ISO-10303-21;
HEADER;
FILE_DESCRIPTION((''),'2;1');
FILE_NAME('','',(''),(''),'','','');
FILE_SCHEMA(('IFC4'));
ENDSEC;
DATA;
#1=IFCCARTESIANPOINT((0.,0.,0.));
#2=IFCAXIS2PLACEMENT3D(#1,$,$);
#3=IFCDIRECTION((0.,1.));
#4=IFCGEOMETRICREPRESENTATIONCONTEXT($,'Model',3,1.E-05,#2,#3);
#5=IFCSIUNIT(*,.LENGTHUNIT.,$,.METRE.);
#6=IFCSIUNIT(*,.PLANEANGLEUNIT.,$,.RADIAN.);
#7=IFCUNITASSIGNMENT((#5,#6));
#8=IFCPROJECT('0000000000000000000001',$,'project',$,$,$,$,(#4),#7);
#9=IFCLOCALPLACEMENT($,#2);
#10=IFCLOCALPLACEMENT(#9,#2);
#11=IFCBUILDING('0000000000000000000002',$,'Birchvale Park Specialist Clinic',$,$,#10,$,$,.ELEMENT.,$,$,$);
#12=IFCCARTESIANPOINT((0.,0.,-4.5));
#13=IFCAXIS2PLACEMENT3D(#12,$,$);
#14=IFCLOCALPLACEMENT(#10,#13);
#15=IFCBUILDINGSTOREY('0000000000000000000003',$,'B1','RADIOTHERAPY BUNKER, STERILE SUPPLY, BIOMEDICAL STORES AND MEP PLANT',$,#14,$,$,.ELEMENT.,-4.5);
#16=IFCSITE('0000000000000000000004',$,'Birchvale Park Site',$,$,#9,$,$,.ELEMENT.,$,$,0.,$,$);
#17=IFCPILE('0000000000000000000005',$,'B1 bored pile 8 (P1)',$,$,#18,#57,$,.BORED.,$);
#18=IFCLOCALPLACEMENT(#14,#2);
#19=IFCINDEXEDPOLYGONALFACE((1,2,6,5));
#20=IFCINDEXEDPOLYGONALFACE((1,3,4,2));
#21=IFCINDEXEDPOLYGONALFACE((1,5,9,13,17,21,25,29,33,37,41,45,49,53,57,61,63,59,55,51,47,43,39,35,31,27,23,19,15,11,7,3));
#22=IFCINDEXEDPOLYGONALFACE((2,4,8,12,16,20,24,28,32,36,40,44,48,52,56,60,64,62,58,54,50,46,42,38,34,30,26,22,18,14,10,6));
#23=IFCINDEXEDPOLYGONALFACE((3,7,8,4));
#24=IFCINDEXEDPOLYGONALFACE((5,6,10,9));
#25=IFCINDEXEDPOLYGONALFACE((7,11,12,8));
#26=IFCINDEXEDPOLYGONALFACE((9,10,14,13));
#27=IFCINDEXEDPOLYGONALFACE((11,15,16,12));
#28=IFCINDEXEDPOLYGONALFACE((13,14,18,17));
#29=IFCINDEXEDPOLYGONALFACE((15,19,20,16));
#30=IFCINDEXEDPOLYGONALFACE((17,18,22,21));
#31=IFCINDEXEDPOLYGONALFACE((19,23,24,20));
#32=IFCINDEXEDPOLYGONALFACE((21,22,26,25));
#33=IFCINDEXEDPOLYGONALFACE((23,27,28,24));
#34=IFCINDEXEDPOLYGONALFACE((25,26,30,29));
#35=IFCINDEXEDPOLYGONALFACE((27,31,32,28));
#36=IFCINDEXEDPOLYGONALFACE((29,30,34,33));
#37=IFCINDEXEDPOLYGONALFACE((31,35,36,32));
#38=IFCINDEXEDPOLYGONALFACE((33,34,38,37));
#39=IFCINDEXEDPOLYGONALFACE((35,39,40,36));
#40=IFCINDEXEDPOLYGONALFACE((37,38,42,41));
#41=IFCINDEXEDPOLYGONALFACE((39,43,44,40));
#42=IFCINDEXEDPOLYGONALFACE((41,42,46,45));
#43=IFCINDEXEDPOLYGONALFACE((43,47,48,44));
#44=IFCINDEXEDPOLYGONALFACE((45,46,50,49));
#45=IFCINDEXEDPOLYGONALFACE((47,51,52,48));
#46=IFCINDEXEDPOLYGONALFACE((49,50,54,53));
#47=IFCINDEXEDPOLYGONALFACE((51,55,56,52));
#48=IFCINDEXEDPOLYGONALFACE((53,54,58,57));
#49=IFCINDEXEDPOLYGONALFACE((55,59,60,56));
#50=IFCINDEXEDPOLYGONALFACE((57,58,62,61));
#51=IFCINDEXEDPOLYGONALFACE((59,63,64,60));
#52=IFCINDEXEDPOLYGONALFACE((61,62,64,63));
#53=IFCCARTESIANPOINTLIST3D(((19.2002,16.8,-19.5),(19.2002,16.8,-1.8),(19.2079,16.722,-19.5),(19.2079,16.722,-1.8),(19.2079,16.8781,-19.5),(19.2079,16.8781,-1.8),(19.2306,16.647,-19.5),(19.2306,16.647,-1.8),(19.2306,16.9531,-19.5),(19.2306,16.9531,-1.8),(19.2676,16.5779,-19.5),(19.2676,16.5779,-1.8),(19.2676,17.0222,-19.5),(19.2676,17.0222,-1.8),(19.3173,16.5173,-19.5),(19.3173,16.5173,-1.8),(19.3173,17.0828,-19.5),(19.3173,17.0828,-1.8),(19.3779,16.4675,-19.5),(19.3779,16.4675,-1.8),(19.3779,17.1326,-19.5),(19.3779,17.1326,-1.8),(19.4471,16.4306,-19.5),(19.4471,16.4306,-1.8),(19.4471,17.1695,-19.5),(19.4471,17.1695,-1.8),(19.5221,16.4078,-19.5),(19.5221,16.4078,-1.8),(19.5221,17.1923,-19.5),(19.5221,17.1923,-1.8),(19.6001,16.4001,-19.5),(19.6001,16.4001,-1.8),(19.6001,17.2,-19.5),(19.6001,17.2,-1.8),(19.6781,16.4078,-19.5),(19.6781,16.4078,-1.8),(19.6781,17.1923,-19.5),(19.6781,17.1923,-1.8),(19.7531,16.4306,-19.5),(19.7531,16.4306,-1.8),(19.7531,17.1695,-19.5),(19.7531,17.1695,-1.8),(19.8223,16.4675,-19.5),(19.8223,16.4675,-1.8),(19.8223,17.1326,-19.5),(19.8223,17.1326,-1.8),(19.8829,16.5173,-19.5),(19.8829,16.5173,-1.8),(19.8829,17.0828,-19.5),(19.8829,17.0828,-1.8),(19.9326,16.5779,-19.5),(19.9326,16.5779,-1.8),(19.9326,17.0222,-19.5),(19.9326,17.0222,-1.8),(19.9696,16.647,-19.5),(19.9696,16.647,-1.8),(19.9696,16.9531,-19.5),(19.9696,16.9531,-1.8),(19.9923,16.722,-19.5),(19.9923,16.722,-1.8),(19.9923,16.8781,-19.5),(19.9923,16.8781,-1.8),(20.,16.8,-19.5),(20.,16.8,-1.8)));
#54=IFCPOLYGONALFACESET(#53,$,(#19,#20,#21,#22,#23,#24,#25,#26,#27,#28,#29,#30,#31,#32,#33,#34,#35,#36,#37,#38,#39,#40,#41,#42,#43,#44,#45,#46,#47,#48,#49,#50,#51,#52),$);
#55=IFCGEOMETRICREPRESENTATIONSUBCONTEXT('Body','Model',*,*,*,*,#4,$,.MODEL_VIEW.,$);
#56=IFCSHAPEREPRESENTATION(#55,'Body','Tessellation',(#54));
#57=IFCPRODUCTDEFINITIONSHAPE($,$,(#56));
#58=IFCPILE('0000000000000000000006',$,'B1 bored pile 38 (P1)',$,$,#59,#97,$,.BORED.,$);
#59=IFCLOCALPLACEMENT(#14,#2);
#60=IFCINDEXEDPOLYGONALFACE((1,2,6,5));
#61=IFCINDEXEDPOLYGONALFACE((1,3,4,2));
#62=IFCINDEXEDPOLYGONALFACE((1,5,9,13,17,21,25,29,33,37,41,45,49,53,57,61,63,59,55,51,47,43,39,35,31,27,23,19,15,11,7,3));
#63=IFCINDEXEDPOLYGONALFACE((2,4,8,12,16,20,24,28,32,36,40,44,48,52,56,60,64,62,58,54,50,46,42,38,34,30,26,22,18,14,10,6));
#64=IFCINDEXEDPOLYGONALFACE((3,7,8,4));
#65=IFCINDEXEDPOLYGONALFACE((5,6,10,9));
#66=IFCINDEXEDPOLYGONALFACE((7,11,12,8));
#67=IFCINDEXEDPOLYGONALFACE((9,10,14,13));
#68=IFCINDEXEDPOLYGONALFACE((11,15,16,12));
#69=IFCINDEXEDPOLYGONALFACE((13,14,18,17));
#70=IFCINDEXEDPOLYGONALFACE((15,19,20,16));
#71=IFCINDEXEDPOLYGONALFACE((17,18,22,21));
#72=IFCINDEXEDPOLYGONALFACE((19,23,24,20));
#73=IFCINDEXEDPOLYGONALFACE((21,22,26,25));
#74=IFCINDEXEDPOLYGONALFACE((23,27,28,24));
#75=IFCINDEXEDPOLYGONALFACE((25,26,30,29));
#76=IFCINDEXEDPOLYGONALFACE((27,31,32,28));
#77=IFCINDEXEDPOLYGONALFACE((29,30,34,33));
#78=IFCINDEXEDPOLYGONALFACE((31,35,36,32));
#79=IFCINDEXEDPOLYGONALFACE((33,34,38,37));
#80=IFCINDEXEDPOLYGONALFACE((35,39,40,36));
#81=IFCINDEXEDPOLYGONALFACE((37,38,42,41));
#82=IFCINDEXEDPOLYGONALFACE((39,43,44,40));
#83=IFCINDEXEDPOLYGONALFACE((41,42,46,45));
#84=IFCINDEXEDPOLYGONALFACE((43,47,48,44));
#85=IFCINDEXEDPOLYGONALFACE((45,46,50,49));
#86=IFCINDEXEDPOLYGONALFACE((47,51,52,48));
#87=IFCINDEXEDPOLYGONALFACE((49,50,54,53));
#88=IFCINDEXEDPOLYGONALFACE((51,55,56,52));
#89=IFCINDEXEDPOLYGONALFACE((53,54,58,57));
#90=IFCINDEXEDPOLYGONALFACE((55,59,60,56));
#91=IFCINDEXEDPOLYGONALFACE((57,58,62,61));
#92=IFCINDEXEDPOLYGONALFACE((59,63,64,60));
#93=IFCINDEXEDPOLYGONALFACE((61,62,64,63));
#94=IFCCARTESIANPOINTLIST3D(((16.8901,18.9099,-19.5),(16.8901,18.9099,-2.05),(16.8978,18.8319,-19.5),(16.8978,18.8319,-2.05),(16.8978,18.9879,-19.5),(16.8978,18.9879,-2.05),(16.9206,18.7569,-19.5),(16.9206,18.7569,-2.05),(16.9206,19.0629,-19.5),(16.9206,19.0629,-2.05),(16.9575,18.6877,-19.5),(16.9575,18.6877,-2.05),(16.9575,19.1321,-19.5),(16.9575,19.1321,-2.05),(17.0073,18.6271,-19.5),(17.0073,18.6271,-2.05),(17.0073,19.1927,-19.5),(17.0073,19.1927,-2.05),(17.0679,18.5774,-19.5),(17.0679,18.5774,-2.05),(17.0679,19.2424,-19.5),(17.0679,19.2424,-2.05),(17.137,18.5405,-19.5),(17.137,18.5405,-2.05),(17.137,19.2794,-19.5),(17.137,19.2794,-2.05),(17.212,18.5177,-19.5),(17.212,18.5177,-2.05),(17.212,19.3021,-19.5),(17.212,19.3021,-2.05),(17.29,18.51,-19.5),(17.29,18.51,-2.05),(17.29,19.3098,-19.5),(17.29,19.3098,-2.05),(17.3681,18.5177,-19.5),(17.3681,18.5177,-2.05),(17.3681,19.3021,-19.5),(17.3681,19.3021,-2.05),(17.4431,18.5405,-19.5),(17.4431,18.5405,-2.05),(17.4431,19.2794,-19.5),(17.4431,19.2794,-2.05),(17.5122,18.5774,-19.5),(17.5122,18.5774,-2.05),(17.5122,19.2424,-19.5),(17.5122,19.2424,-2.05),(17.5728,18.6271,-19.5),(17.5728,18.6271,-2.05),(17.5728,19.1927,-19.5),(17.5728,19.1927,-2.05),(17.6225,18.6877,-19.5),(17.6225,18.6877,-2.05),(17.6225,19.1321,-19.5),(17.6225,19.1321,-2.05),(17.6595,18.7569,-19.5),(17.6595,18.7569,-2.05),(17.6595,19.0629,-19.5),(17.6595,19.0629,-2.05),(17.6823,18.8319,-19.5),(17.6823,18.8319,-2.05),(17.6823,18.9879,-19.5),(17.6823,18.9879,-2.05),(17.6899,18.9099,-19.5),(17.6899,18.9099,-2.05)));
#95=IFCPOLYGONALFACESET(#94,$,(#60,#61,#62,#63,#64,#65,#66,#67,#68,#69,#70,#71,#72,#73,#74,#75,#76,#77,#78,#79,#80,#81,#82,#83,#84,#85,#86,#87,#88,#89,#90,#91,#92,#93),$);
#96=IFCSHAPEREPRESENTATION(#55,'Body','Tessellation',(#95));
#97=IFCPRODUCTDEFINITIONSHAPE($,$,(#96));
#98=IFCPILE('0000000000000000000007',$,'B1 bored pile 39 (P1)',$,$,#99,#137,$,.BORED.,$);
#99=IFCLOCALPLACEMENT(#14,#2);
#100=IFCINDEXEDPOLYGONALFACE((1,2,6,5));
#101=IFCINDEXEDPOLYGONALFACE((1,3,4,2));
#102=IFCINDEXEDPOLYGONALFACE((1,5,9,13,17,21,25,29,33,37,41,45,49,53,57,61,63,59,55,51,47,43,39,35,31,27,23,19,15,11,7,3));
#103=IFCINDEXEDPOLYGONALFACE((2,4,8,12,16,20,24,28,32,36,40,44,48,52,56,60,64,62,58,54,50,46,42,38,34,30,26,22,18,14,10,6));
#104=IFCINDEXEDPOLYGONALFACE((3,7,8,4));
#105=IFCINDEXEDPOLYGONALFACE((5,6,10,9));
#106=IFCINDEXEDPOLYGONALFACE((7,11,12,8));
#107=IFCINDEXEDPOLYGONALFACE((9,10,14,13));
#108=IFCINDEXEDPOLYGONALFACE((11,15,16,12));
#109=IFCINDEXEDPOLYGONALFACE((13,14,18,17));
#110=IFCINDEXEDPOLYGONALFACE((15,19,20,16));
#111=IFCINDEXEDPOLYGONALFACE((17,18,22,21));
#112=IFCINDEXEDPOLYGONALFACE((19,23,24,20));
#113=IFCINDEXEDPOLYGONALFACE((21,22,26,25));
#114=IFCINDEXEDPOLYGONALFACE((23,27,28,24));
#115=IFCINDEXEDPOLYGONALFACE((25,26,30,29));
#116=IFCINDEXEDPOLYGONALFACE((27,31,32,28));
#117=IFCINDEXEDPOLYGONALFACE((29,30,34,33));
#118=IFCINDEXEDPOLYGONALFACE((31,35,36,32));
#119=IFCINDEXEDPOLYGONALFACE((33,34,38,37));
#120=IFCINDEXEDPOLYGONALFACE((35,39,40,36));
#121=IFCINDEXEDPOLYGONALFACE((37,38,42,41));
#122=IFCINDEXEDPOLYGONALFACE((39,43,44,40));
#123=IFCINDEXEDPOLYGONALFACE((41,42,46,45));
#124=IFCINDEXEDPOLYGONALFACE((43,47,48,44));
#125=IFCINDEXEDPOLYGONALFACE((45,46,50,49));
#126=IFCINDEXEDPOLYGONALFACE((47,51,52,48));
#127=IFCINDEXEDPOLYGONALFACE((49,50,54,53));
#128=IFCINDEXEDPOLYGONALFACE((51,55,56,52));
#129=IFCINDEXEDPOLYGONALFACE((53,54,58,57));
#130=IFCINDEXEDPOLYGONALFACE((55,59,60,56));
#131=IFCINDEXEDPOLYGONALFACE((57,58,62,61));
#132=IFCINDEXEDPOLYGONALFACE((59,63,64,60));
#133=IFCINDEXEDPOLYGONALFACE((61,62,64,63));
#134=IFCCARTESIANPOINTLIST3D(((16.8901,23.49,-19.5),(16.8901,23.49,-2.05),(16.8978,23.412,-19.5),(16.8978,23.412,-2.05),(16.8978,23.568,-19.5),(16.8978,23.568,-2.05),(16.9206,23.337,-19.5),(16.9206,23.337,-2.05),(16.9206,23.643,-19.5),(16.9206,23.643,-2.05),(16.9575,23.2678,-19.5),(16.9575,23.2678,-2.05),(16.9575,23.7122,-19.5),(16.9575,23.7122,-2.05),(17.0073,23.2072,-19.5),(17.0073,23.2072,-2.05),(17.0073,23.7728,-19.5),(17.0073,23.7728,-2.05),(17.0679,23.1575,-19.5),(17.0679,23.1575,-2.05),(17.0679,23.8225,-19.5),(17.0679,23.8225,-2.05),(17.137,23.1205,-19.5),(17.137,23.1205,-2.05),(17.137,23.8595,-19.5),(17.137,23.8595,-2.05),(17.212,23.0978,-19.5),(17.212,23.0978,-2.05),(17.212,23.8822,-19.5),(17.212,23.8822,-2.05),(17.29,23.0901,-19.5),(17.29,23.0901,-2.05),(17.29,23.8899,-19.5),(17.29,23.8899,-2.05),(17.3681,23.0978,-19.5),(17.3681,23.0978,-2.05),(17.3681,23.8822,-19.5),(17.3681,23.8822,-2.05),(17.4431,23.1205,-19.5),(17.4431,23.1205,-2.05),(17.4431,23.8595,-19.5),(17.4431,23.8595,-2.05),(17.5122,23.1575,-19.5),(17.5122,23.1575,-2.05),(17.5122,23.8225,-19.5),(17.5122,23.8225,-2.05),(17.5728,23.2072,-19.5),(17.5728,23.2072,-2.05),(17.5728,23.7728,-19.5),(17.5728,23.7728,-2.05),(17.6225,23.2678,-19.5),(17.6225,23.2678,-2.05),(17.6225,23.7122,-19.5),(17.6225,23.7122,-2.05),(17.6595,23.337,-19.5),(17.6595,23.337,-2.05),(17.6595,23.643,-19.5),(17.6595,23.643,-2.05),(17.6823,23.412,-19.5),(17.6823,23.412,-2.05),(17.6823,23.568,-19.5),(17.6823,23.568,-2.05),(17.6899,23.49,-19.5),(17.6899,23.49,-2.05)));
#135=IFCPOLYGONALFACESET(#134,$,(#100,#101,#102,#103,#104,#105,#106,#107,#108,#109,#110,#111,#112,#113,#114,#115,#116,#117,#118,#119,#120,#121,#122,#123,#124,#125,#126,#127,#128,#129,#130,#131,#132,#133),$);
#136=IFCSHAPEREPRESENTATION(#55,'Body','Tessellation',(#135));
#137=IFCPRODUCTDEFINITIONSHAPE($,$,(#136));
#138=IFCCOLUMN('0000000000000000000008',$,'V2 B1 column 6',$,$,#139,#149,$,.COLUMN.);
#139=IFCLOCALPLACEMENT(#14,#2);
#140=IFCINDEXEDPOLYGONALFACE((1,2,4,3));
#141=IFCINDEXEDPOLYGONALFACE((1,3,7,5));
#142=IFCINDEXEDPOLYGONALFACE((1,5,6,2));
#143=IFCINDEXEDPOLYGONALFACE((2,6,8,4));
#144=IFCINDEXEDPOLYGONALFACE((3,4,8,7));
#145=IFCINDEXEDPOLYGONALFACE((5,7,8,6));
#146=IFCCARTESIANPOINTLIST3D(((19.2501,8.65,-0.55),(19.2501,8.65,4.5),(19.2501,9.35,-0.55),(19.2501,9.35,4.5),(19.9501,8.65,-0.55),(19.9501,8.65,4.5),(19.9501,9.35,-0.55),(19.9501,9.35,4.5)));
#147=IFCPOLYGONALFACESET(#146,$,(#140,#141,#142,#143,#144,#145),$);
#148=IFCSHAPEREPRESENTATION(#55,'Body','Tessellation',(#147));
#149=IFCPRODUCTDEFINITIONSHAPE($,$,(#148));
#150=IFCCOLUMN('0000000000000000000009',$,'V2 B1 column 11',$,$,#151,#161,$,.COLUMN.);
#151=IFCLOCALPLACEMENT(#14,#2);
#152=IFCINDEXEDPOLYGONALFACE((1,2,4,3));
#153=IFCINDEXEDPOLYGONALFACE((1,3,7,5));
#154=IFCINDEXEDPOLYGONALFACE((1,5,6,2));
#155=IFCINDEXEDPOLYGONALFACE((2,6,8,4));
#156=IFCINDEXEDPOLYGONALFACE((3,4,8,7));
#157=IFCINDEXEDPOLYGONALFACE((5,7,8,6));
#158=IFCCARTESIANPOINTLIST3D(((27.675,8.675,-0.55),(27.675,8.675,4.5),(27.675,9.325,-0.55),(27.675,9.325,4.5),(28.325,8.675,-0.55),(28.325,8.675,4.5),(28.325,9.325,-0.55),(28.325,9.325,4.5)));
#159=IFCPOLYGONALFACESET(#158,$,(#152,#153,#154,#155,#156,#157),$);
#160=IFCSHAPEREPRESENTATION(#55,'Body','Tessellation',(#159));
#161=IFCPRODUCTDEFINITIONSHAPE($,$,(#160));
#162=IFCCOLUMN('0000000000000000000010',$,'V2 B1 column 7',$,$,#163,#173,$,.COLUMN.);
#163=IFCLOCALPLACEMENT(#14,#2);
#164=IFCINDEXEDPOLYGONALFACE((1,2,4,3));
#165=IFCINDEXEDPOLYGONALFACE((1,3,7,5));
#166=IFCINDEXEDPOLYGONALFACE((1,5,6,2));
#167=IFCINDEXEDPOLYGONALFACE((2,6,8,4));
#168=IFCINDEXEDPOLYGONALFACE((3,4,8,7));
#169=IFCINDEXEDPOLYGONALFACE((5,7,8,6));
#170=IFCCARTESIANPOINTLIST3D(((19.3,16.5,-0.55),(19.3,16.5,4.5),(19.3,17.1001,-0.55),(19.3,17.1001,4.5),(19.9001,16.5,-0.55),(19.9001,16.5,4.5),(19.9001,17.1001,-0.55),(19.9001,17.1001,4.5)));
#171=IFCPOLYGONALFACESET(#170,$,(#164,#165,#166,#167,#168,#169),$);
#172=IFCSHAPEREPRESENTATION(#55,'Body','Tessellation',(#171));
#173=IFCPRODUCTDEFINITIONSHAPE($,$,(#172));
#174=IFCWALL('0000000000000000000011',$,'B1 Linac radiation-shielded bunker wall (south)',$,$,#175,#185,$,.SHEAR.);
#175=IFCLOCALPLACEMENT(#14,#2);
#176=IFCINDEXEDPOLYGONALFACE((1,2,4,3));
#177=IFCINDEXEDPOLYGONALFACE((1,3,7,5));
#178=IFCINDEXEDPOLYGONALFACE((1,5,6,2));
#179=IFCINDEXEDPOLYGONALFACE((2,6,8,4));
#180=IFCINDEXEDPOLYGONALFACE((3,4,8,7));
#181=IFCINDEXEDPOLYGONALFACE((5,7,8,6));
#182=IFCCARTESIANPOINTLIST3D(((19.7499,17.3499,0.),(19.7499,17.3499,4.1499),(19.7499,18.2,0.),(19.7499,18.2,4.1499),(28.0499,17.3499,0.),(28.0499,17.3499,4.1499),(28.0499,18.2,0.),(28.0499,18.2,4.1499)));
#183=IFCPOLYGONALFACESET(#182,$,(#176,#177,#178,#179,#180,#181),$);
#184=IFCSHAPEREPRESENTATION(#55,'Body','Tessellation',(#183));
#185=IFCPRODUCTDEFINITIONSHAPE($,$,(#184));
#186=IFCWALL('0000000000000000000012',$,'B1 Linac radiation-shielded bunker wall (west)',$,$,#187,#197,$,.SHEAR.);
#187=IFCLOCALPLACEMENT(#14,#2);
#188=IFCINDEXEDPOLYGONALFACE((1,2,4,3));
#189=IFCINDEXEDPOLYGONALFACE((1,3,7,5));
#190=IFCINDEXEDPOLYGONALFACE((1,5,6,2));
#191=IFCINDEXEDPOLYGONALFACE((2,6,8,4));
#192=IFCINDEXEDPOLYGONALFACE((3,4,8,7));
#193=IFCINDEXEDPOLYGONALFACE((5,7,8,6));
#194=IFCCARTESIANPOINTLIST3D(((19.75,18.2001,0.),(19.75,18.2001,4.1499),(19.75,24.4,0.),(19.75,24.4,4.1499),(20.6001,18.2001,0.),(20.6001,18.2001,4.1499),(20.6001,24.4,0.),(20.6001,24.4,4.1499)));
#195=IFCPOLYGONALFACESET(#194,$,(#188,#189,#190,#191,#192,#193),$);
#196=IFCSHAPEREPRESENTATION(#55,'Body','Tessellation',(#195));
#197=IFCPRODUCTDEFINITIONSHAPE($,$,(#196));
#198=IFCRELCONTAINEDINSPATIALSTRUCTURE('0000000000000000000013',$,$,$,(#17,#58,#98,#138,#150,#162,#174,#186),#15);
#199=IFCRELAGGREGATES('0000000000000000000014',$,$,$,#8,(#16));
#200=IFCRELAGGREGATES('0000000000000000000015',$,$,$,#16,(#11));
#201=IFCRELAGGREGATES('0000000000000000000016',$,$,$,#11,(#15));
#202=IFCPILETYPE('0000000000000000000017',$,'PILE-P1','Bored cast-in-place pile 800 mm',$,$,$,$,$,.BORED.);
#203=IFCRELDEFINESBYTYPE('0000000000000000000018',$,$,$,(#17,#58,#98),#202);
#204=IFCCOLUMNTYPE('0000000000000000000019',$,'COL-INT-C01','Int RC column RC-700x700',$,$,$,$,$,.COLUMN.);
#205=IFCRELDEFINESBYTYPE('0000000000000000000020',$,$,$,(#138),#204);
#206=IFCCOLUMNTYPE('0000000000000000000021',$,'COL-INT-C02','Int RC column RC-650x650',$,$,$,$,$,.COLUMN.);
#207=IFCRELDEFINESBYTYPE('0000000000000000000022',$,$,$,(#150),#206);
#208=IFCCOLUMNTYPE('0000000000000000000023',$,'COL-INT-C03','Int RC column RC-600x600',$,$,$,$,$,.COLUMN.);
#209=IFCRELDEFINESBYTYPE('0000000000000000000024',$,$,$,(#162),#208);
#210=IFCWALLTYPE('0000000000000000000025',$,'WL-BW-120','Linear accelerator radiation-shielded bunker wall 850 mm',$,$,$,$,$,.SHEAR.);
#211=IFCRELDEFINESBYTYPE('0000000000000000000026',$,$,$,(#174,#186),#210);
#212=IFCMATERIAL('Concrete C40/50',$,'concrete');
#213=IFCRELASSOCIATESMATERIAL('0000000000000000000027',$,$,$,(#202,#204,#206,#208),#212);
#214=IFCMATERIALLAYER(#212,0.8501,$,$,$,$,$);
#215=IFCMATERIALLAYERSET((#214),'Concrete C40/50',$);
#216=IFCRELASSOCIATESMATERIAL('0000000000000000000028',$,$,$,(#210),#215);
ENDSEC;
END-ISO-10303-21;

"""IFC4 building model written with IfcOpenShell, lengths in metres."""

from ifc_helpers import new_model, si_unit, direction, frame, frame_2d, origin, origin_2d, place, context, subcontext, project, spatial, rectangle, circle, extrude, material, layer, layer_set, material_profile, profile_set, type_object, element, save


model = new_model("IFC4")

# Units and contexts
model_context = context("Model", 3, precision=1e-05, world=origin(), true_north=direction((0.0, 1.0)))
body_context = subcontext(model_context, "Body", "Model", "MODEL_VIEW")
ifc_project = project(units=[si_unit("LENGTHUNIT", "METRE"), si_unit("PLANEANGLEUNIT", "RADIAN")], contexts=[model_context])

# Site, building, storey
site_placement = place(None, origin())
site = spatial("IfcSite", under=ifc_project, at=site_placement, Name="Birchvale Park Site", CompositionType="ELEMENT", RefElevation=0.0)
building_placement = place(site_placement, origin())
building = spatial("IfcBuilding", under=site, at=building_placement, Name="Birchvale Park Specialist Clinic", CompositionType="ELEMENT")
storey_placement = place(building_placement, frame((0.0, 0.0, -4.5)))
storey = spatial("IfcBuildingStorey", under=building, at=storey_placement, Name="B1", Description="RADIOTHERAPY BUNKER, STERILE SUPPLY, BIOMEDICAL STORES AND MEP PLANT", CompositionType="ELEMENT", Elevation=-4.5)

# Shared definitions
ifc_material_1 = material(Name="Concrete C40/50", Category="concrete")

# Piles
ifc_material_profile_1 = material_profile(ifc_material_1, circle(Radius=0.3999, at=origin_2d()), Name="PILE-800")
ifc_profile_set_1 = profile_set([ifc_material_profile_1], Name="Concrete C40/50")
pile_type = type_object("IfcPileType", Name="PILE-P1", Description="Bored cast-in-place pile 800 mm", PredefinedType="BORED", material=ifc_profile_set_1)
for number, where, z_axis, x_axis, name in (
    (1, (19.6001, 16.8, -1.8), (0.0, 0.0, -1.0), (1.0, 0.0, 0.0), "B1 bored pile 8 (P1)"),
):
    element("IfcPile", number, at=place(storey_placement, frame(where, z_axis=z_axis, x_axis=x_axis)), inside=storey, type_object=pile_type, Name=name, PredefinedType="BORED", context=body_context, shape_type="SweptSolid", body=[
        extrude(circle(Radius=0.3999, at=origin_2d()), origin(), (0.0, 0.0, 1.0), 17.7),
    ])
for number, where, z_axis, x_axis, name in (
    (2, (17.29, 18.9099, -2.05), (0.0, 0.0, -1.0), (1.0, 0.0, 0.0), "B1 bored pile 38 (P1)"),
    (3, (17.29, 23.49, -2.05), (0.0, 0.0, -1.0), (1.0, 0.0, 0.0), "B1 bored pile 39 (P1)"),
):
    element("IfcPile", number, at=place(storey_placement, frame(where, z_axis=z_axis, x_axis=x_axis)), inside=storey, type_object=pile_type, Name=name, PredefinedType="BORED", context=body_context, shape_type="SweptSolid", body=[
        extrude(circle(Radius=0.3999, at=origin_2d()), origin(), (0.0, 0.0, 1.0), 17.45),
    ])

# Columns
ifc_material_profile_2 = material_profile(ifc_material_1, rectangle(XDim=0.7, YDim=0.7, at=origin_2d()), Name="RC-700x700")
ifc_profile_set_2 = profile_set([ifc_material_profile_2], Name="Concrete C40/50")
column_type_1 = type_object("IfcColumnType", Name="COL-INT-C01", Description="Int RC column RC-700x700", PredefinedType="COLUMN", material=ifc_profile_set_2)
column_1_placement = place(storey_placement, frame((19.6001, 9.0, -0.55), z_axis=(0.0, 0.0, 1.0), x_axis=(1.0, 0.0, 0.0)))
element("IfcColumn", 4, at=column_1_placement, inside=storey, type_object=column_type_1, Name="V2 B1 column 6", PredefinedType="COLUMN", context=body_context, shape_type="SweptSolid", body=[
    extrude(rectangle(XDim=0.7, YDim=0.7, at=origin_2d()), origin(), (0.0, 0.0, 1.0), 5.05),
])
ifc_material_profile_3 = material_profile(ifc_material_1, rectangle(XDim=0.6499, YDim=0.6499, at=origin_2d()), Name="RC-650x650")
ifc_profile_set_3 = profile_set([ifc_material_profile_3], Name="Concrete C40/50")
column_type_2 = type_object("IfcColumnType", Name="COL-INT-C02", Description="Int RC column RC-650x650", PredefinedType="COLUMN", material=ifc_profile_set_3)
column_2_placement = place(storey_placement, frame((28.0, 9.0, -0.55), z_axis=(0.0, 0.0, 1.0), x_axis=(1.0, 0.0, 0.0)))
element("IfcColumn", 5, at=column_2_placement, inside=storey, type_object=column_type_2, Name="V2 B1 column 11", PredefinedType="COLUMN", context=body_context, shape_type="SweptSolid", body=[
    extrude(rectangle(XDim=0.6499, YDim=0.6499, at=origin_2d()), origin(), (0.0, 0.0, 1.0), 5.05),
])
ifc_material_profile_4 = material_profile(ifc_material_1, rectangle(XDim=0.6001, YDim=0.6001, at=origin_2d()), Name="RC-600x600")
ifc_profile_set_4 = profile_set([ifc_material_profile_4], Name="Concrete C40/50")
column_type_3 = type_object("IfcColumnType", Name="COL-INT-C03", Description="Int RC column RC-600x600", PredefinedType="COLUMN", material=ifc_profile_set_4)
column_3_placement = place(storey_placement, frame((19.6001, 16.8, -0.55), z_axis=(0.0, 0.0, 1.0), x_axis=(1.0, 0.0, 0.0)))
element("IfcColumn", 6, at=column_3_placement, inside=storey, type_object=column_type_3, Name="V2 B1 column 7", PredefinedType="COLUMN", context=body_context, shape_type="SweptSolid", body=[
    extrude(rectangle(XDim=0.6001, YDim=0.6001, at=origin_2d()), origin(), (0.0, 0.0, 1.0), 5.05),
])

# Walls
ifc_layer_1 = layer(ifc_material_1, 0.8501)
ifc_layer_set_1 = layer_set([ifc_layer_1], Name="Concrete C40/50")
wall_type_1 = type_object("IfcWallType", Name="WL-BW-120", Description="Linear accelerator radiation-shielded bunker wall 850 mm", PredefinedType="SHEAR", material=ifc_layer_set_1)
wall_1_placement = place(storey_placement, frame((19.75, 17.7749, 0.0), z_axis=(0.0, 0.0, 1.0), x_axis=(1.0, 0.0, 0.0)))
element("IfcWall", 7, at=wall_1_placement, inside=storey, type_object=wall_type_1, Name="B1 Linac radiation-shielded bunker wall (south)", PredefinedType="SHEAR", context=body_context, shape_type="SweptSolid", body=[
    extrude(rectangle(XDim=8.3, YDim=0.8501, at=frame_2d((4.1499, 0.0))), origin(), (0.0, 0.0, 1.0), 4.1499),
])
wall_2_placement = place(storey_placement, frame((20.175, 18.2, 0.0), z_axis=(0.0, 0.0, 1.0), x_axis=(0.0, 1.0, 0.0)))
element("IfcWall", 8, at=wall_2_placement, inside=storey, type_object=wall_type_1, Name="B1 Linac radiation-shielded bunker wall (west)", PredefinedType="SHEAR", context=body_context, shape_type="SweptSolid", body=[
    extrude(rectangle(XDim=6.2, YDim=0.8501, at=frame_2d((3.1001, 0.0))), origin(), (0.0, 0.0, 1.0), 4.1499),
])

save(model, "model.ifc")
